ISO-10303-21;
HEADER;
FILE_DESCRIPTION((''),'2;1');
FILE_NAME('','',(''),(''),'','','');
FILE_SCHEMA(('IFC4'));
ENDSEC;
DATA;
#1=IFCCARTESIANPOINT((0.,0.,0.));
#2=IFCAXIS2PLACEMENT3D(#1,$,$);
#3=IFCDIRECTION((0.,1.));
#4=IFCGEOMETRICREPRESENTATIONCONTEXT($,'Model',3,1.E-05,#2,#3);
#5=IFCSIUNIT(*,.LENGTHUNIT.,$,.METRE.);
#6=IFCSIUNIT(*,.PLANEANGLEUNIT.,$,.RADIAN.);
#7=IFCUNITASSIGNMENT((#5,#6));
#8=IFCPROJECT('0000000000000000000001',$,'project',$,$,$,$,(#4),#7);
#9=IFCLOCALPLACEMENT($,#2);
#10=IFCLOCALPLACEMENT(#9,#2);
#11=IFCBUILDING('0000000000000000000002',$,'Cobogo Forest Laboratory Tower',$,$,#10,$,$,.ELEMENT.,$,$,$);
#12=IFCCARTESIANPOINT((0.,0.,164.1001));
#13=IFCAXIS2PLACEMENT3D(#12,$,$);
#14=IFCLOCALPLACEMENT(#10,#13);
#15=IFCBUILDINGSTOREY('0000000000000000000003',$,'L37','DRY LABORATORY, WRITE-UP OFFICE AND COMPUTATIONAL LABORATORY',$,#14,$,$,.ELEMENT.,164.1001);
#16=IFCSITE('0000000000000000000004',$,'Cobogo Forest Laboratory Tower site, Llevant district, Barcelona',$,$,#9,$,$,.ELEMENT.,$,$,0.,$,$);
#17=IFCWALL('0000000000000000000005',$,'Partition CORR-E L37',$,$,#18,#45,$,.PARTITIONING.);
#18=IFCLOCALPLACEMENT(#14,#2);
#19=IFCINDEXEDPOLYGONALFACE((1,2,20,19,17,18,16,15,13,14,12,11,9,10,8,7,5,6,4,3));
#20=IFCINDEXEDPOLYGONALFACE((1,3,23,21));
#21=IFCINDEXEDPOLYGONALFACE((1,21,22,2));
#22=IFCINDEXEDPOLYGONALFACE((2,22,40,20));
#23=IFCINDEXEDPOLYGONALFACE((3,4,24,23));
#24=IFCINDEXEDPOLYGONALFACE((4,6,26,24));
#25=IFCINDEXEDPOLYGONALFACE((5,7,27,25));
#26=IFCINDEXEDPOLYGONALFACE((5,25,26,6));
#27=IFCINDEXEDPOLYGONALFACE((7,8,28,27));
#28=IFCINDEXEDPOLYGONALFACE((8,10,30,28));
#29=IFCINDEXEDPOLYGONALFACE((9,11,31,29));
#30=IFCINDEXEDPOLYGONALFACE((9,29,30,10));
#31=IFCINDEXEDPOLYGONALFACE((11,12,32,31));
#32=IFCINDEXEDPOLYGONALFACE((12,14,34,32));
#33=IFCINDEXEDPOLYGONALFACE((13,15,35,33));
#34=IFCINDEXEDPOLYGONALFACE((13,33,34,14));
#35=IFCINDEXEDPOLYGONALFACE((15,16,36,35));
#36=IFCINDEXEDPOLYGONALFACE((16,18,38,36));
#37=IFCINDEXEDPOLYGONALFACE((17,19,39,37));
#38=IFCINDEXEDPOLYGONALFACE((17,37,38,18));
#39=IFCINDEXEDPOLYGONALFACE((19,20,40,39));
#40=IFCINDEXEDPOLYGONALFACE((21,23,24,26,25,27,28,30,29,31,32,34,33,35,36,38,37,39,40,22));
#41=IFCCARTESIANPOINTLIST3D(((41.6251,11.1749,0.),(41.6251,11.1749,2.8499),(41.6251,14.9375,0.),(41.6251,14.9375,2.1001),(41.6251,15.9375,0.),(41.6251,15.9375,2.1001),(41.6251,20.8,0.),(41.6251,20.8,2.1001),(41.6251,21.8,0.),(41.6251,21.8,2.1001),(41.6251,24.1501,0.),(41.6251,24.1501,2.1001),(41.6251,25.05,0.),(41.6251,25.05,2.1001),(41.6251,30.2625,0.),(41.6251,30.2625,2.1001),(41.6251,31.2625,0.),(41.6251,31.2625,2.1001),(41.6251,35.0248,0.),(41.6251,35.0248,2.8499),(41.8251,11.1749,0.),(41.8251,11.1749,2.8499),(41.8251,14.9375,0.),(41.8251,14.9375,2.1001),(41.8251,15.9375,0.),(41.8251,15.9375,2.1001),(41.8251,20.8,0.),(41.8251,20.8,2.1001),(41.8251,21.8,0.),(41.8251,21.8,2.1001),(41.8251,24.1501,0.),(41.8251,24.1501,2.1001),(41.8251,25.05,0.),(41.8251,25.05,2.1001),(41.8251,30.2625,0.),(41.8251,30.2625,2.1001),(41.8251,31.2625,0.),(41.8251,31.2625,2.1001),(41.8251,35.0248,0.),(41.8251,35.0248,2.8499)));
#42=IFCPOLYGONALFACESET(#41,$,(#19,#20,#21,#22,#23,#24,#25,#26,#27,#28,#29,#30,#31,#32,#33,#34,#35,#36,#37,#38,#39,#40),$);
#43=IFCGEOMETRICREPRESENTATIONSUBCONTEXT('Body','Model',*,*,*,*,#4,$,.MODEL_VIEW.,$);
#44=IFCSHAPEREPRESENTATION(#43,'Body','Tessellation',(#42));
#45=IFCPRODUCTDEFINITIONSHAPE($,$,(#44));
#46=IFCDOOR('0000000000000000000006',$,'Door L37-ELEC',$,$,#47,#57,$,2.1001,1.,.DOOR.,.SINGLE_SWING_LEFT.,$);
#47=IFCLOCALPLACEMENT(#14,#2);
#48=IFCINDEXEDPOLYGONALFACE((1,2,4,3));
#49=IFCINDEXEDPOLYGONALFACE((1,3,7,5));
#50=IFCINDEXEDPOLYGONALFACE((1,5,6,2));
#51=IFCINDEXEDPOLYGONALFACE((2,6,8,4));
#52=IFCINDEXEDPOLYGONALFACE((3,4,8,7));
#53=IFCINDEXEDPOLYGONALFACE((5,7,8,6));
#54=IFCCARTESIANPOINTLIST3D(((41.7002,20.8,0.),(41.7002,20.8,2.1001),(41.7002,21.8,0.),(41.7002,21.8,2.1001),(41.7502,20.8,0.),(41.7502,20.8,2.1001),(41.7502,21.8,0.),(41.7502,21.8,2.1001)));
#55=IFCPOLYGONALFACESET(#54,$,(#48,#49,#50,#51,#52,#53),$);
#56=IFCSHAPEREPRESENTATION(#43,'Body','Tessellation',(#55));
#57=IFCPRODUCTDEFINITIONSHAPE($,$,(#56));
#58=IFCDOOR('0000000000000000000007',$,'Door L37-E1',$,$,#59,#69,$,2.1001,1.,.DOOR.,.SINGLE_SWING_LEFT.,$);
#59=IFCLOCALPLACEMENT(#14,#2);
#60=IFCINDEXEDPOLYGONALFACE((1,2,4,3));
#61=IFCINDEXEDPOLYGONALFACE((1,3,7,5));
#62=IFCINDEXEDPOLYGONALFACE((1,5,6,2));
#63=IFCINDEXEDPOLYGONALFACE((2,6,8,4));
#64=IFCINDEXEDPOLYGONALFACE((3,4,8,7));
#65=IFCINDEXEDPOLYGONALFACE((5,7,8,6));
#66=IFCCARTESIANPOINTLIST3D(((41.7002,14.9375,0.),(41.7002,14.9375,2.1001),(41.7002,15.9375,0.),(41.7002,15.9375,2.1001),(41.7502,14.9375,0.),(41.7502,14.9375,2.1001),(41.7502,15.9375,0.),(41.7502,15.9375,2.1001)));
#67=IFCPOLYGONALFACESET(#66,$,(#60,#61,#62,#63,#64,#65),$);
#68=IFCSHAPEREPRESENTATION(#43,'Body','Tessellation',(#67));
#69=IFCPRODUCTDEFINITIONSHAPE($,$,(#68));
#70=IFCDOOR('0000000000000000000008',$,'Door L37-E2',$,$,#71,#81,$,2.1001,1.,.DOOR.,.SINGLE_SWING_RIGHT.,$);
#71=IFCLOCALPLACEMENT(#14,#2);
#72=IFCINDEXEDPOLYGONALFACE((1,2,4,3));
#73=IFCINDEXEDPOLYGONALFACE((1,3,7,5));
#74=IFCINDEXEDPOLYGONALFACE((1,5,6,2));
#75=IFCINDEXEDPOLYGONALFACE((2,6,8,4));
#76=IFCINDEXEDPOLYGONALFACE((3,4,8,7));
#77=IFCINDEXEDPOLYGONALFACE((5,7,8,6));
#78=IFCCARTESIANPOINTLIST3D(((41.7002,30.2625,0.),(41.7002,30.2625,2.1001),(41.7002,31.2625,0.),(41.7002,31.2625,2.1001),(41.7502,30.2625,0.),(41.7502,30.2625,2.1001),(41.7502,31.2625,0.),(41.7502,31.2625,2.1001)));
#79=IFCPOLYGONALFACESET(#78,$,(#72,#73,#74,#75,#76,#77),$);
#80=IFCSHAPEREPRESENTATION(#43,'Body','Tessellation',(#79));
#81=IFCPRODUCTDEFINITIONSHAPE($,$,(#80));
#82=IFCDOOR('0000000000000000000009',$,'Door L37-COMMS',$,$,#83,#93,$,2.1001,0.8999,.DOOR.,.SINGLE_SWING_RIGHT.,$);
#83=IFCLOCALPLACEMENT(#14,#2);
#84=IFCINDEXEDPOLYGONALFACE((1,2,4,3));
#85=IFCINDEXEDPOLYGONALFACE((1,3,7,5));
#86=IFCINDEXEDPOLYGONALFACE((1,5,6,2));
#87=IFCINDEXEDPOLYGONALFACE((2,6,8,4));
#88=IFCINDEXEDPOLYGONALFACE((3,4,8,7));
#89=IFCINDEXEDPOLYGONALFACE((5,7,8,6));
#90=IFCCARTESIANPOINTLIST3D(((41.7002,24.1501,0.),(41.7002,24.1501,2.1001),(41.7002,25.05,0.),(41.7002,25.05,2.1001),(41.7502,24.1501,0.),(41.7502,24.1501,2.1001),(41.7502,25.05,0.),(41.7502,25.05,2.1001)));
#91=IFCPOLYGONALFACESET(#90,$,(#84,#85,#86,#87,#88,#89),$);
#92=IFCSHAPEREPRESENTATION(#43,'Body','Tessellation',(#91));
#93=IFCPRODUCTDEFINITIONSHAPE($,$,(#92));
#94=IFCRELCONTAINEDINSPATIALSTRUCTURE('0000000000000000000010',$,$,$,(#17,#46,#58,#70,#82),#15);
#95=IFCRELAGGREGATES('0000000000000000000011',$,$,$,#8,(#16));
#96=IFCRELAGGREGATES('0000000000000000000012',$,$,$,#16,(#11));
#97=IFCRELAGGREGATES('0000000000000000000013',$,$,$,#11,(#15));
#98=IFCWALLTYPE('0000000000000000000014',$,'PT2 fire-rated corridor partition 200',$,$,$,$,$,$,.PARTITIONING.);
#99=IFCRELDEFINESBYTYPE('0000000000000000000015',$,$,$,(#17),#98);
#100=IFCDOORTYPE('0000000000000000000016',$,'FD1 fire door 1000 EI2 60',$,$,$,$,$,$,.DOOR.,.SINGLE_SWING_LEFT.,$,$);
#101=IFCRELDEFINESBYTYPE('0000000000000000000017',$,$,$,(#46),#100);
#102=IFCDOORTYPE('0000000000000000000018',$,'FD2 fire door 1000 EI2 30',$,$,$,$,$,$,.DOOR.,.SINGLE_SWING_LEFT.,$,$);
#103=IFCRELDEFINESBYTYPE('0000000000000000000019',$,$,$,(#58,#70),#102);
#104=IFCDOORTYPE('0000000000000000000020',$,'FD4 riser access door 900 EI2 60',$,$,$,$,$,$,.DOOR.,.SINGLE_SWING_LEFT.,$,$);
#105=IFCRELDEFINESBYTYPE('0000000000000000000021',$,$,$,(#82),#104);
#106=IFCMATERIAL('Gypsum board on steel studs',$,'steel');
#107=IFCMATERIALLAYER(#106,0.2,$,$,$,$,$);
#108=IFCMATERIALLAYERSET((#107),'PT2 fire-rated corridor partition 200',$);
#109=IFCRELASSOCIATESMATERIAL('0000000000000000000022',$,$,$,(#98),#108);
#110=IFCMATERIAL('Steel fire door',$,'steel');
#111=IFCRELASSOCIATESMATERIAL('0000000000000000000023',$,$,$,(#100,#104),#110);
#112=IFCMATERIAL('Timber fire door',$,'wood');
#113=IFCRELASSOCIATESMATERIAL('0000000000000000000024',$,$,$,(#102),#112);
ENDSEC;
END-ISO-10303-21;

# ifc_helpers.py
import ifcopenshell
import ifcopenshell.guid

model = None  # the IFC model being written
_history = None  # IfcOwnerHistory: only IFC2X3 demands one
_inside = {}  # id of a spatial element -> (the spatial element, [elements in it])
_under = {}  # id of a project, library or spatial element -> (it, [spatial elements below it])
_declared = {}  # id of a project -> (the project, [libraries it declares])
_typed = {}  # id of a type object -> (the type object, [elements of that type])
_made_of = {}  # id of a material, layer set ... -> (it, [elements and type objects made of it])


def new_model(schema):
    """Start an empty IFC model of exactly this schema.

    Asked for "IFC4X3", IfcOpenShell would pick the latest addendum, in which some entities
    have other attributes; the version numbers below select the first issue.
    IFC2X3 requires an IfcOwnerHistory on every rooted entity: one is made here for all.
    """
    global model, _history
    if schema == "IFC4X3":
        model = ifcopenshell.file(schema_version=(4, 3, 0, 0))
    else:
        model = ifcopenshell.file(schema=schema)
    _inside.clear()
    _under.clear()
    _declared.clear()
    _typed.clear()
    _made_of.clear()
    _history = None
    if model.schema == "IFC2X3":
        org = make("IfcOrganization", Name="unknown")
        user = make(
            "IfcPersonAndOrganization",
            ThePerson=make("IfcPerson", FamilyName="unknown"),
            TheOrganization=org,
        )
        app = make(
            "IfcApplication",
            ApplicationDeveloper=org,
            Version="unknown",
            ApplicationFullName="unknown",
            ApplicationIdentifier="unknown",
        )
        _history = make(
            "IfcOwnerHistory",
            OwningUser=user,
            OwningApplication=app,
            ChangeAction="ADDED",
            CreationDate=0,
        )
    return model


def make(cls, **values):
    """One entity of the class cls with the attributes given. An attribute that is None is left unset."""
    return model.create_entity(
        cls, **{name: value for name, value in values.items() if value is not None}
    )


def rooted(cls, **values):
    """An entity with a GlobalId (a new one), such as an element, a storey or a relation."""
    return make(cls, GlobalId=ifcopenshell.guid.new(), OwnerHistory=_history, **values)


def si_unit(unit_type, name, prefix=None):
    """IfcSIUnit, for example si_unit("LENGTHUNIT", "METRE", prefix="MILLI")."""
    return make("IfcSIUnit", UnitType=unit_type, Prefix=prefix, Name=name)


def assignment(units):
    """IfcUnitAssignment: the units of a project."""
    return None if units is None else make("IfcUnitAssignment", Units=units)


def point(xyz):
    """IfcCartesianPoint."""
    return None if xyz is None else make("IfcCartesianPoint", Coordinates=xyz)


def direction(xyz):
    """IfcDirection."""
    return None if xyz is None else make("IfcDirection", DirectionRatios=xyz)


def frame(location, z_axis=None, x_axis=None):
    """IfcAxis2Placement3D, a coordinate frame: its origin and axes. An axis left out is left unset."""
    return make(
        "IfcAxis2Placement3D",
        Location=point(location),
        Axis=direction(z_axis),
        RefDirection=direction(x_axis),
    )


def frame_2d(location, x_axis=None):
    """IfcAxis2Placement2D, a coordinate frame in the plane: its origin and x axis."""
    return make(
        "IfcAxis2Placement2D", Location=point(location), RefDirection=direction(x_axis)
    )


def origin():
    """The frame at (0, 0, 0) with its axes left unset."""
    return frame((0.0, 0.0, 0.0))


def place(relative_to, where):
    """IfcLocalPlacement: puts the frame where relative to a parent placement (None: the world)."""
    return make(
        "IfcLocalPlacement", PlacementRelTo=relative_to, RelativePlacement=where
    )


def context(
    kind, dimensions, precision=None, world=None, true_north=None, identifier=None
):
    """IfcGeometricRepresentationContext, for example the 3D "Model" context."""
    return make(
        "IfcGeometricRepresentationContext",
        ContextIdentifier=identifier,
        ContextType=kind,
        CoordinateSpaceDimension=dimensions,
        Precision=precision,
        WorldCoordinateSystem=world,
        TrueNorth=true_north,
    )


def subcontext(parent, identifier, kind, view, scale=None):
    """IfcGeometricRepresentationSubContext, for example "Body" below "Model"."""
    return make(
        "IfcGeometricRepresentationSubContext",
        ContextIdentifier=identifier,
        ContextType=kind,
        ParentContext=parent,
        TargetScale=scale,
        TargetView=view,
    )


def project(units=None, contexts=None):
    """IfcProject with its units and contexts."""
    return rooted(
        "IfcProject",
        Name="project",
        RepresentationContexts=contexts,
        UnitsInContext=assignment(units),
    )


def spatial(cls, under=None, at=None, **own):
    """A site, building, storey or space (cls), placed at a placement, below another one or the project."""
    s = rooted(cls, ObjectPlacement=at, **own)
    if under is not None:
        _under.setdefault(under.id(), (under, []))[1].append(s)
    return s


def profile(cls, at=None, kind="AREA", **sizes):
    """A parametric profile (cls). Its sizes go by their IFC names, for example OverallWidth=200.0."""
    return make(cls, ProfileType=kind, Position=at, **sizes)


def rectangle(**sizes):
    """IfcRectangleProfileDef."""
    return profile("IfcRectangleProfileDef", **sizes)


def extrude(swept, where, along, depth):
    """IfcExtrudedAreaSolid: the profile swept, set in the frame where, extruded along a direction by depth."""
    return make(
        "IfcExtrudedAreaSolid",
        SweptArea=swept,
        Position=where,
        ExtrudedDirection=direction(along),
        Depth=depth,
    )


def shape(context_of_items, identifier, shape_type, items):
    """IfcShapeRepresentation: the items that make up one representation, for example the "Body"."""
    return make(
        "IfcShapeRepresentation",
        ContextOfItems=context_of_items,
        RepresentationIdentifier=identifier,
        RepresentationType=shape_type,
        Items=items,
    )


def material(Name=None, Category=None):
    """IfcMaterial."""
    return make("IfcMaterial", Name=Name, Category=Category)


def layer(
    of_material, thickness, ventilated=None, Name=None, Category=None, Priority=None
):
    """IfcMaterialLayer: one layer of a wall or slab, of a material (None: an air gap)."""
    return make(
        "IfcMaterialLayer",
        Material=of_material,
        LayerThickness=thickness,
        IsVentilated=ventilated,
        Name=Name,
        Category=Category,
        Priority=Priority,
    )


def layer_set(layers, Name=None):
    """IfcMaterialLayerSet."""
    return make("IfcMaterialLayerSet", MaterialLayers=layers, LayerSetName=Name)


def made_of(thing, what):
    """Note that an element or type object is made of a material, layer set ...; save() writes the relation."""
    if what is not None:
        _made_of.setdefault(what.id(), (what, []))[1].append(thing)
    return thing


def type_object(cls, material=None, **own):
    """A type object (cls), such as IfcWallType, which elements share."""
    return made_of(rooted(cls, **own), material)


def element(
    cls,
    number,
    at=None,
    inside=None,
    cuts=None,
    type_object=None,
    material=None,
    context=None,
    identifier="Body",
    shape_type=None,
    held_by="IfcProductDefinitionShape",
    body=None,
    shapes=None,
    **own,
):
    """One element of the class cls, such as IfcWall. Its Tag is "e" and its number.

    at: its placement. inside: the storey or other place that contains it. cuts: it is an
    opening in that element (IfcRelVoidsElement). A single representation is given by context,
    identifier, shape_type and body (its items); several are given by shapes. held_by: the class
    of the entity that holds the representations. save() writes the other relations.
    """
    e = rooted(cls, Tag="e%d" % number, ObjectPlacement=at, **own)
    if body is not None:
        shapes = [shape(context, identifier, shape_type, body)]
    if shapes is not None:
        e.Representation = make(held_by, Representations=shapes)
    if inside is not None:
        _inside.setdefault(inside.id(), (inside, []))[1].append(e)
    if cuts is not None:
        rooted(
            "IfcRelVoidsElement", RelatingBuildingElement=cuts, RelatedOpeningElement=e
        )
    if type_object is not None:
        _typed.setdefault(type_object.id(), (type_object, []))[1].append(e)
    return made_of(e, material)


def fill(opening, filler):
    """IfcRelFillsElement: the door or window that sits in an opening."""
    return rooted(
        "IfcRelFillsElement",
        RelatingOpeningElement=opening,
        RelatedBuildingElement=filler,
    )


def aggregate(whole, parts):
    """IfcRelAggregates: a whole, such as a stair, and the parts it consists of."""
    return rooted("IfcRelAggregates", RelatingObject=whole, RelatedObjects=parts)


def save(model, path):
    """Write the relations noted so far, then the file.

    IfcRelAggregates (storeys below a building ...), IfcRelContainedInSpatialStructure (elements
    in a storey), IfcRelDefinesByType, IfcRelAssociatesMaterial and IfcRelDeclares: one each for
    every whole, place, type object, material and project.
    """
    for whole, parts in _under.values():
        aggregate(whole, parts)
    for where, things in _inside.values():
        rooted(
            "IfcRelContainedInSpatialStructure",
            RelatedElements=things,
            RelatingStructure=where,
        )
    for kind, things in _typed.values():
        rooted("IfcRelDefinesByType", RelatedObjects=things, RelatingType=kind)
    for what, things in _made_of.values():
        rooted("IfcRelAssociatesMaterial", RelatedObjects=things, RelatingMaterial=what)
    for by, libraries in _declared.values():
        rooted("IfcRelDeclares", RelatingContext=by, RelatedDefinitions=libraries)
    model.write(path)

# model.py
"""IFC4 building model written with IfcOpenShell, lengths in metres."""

from ifc_helpers import new_model, si_unit, direction, frame, frame_2d, origin, place, context, subcontext, project, spatial, rectangle, extrude, material, layer, layer_set, type_object, element, fill, save


model = new_model("IFC4")

# Units and contexts
model_context = context("Model", 3, precision=1e-05, world=origin(), true_north=direction((0.0, 1.0)))
body_context = subcontext(model_context, "Body", "Model", "MODEL_VIEW")
ifc_project = project(units=[si_unit("LENGTHUNIT", "METRE"), si_unit("PLANEANGLEUNIT", "RADIAN")], contexts=[model_context])

# Site, building, storey
site_placement = place(None, origin())
site = spatial("IfcSite", under=ifc_project, at=site_placement, Name="Cobogo Forest Laboratory Tower site, Llevant district, Barcelona", CompositionType="ELEMENT", RefElevation=0.0)
building_placement = place(site_placement, origin())
building = spatial("IfcBuilding", under=site, at=building_placement, Name="Cobogo Forest Laboratory Tower", CompositionType="ELEMENT")
storey_placement = place(building_placement, frame((0.0, 0.0, 164.1001)))
storey = spatial("IfcBuildingStorey", under=building, at=storey_placement, Name="L37", Description="DRY LABORATORY, WRITE-UP OFFICE AND COMPUTATIONAL LABORATORY", CompositionType="ELEMENT", Elevation=164.1001)

# Shared definitions
ifc_material_1 = material(Name="Gypsum board on steel studs", Category="steel")

# Wall, openings, doors
ifc_layer_1 = layer(ifc_material_1, 0.2)
ifc_layer_set_1 = layer_set([ifc_layer_1], Name="PT2 fire-rated corridor partition 200")
wall_type_1 = type_object("IfcWallType", Name="PT2 fire-rated corridor partition 200", PredefinedType="PARTITIONING", material=ifc_layer_set_1)
wall_1_placement = place(storey_placement, frame((41.7251, 11.175, 0.0), z_axis=(0.0, 0.0, 1.0), x_axis=(0.0, 1.0, 0.0)))
wall_1 = element("IfcWall", 1, at=wall_1_placement, inside=storey, type_object=wall_type_1, Name="Partition CORR-E L37", PredefinedType="PARTITIONING", context=body_context, shape_type="SweptSolid", body=[
    extrude(rectangle(XDim=23.8499, YDim=0.2, at=frame_2d((11.9248, 0.0))), origin(), (0.0, 0.0, 1.0), 2.8499),
])
opening_1_placement = place(wall_1_placement, frame((3.7625, 0.0, 0.0)))
opening_1 = element("IfcOpeningElement", 2, at=opening_1_placement, cuts=wall_1, PredefinedType="OPENING", context=body_context, shape_type="SweptSolid", body=[
    extrude(rectangle(XDim=1.0, YDim=2.1001, at=frame_2d((0.5, 1.05))), frame((0.0, 0.1099, 0.0), z_axis=(0.0, -1.0, 0.0), x_axis=(1.0, 0.0, 0.0)), (0.0, 0.0, 1.0), 0.22),
])
opening_2_placement = place(wall_1_placement, frame((9.625, 0.0, 0.0)))
opening_2 = element("IfcOpeningElement", 3, at=opening_2_placement, cuts=wall_1, PredefinedType="OPENING", context=body_context, shape_type="SweptSolid", body=[
    extrude(rectangle(XDim=1.0, YDim=2.1001, at=frame_2d((0.5, 1.05))), frame((0.0, 0.1099, 0.0), z_axis=(0.0, -1.0, 0.0), x_axis=(1.0, 0.0, 0.0)), (0.0, 0.0, 1.0), 0.22),
])
opening_3_placement = place(wall_1_placement, frame((12.9751, 0.0, 0.0)))
opening_3 = element("IfcOpeningElement", 4, at=opening_3_placement, cuts=wall_1, PredefinedType="OPENING", context=body_context, shape_type="SweptSolid", body=[
    extrude(rectangle(XDim=0.8999, YDim=2.1001, at=frame_2d((0.45, 1.05))), frame((0.0, 0.1099, 0.0), z_axis=(0.0, -1.0, 0.0), x_axis=(1.0, 0.0, 0.0)), (0.0, 0.0, 1.0), 0.22),
])
opening_4_placement = place(wall_1_placement, frame((19.0874, 0.0, 0.0)))
opening_4 = element("IfcOpeningElement", 5, at=opening_4_placement, cuts=wall_1, PredefinedType="OPENING", context=body_context, shape_type="SweptSolid", body=[
    extrude(rectangle(XDim=1.0, YDim=2.1001, at=frame_2d((0.5, 1.05))), frame((0.0, 0.1099, 0.0), z_axis=(0.0, -1.0, 0.0), x_axis=(1.0, 0.0, 0.0)), (0.0, 0.0, 1.0), 0.22),
])
ifc_material_2 = material(Name="Steel fire door", Category="steel")
door_type_1 = type_object("IfcDoorType", Name="FD1 fire door 1000 EI2 60", OperationType="SINGLE_SWING_LEFT", PredefinedType="DOOR", material=ifc_material_2)
door_1_placement = place(opening_2_placement, origin())
door_1 = element("IfcDoor", 6, at=door_1_placement, inside=storey, type_object=door_type_1, Name="Door L37-ELEC", OperationType="SINGLE_SWING_LEFT", OverallHeight=2.1001, OverallWidth=1.0, PredefinedType="DOOR", context=body_context, shape_type="SweptSolid", body=[
    extrude(rectangle(XDim=1.0, YDim=2.1001, at=frame_2d((0.5, 1.05))), frame((0.0, 0.0249, 0.0), z_axis=(0.0, -1.0, 0.0), x_axis=(1.0, 0.0, 0.0)), (0.0, 0.0, 1.0), 0.05),
])
fill(opening_2, door_1)
ifc_material_3 = material(Name="Timber fire door", Category="wood")
door_type_2 = type_object("IfcDoorType", Name="FD2 fire door 1000 EI2 30", OperationType="SINGLE_SWING_LEFT", PredefinedType="DOOR", material=ifc_material_3)
door_2_placement = place(opening_1_placement, origin())
door_2 = element("IfcDoor", 7, at=door_2_placement, inside=storey, type_object=door_type_2, Name="Door L37-E1", OperationType="SINGLE_SWING_LEFT", OverallHeight=2.1001, OverallWidth=1.0, PredefinedType="DOOR", context=body_context, shape_type="SweptSolid", body=[
    extrude(rectangle(XDim=1.0, YDim=2.1001, at=frame_2d((0.5, 1.05))), frame((0.0, 0.0249, 0.0), z_axis=(0.0, -1.0, 0.0), x_axis=(1.0, 0.0, 0.0)), (0.0, 0.0, 1.0), 0.05),
])
fill(opening_1, door_2)
door_3_placement = place(opening_4_placement, origin())
door_3 = element("IfcDoor", 8, at=door_3_placement, inside=storey, type_object=door_type_2, Name="Door L37-E2", OperationType="SINGLE_SWING_RIGHT", OverallHeight=2.1001, OverallWidth=1.0, PredefinedType="DOOR", context=body_context, shape_type="SweptSolid", body=[
    extrude(rectangle(XDim=1.0, YDim=2.1001, at=frame_2d((0.5, 1.05))), frame((0.0, 0.0249, 0.0), z_axis=(0.0, -1.0, 0.0), x_axis=(1.0, 0.0, 0.0)), (0.0, 0.0, 1.0), 0.05),
])
fill(opening_4, door_3)
door_type_3 = type_object("IfcDoorType", Name="FD4 riser access door 900 EI2 60", OperationType="SINGLE_SWING_LEFT", PredefinedType="DOOR", material=ifc_material_2)
door_4_placement = place(opening_3_placement, origin())
door_4 = element("IfcDoor", 9, at=door_4_placement, inside=storey, type_object=door_type_3, Name="Door L37-COMMS", OperationType="SINGLE_SWING_RIGHT", OverallHeight=2.1001, OverallWidth=0.8999, PredefinedType="DOOR", context=body_context, shape_type="SweptSolid", body=[
    extrude(rectangle(XDim=0.8999, YDim=2.1001, at=frame_2d((0.45, 1.05))), frame((0.0, 0.0249, 0.0), z_axis=(0.0, -1.0, 0.0), x_axis=(1.0, 0.0, 0.0)), (0.0, 0.0, 1.0), 0.05),
])
fill(opening_3, door_4)

save(model, "model.ifc")
